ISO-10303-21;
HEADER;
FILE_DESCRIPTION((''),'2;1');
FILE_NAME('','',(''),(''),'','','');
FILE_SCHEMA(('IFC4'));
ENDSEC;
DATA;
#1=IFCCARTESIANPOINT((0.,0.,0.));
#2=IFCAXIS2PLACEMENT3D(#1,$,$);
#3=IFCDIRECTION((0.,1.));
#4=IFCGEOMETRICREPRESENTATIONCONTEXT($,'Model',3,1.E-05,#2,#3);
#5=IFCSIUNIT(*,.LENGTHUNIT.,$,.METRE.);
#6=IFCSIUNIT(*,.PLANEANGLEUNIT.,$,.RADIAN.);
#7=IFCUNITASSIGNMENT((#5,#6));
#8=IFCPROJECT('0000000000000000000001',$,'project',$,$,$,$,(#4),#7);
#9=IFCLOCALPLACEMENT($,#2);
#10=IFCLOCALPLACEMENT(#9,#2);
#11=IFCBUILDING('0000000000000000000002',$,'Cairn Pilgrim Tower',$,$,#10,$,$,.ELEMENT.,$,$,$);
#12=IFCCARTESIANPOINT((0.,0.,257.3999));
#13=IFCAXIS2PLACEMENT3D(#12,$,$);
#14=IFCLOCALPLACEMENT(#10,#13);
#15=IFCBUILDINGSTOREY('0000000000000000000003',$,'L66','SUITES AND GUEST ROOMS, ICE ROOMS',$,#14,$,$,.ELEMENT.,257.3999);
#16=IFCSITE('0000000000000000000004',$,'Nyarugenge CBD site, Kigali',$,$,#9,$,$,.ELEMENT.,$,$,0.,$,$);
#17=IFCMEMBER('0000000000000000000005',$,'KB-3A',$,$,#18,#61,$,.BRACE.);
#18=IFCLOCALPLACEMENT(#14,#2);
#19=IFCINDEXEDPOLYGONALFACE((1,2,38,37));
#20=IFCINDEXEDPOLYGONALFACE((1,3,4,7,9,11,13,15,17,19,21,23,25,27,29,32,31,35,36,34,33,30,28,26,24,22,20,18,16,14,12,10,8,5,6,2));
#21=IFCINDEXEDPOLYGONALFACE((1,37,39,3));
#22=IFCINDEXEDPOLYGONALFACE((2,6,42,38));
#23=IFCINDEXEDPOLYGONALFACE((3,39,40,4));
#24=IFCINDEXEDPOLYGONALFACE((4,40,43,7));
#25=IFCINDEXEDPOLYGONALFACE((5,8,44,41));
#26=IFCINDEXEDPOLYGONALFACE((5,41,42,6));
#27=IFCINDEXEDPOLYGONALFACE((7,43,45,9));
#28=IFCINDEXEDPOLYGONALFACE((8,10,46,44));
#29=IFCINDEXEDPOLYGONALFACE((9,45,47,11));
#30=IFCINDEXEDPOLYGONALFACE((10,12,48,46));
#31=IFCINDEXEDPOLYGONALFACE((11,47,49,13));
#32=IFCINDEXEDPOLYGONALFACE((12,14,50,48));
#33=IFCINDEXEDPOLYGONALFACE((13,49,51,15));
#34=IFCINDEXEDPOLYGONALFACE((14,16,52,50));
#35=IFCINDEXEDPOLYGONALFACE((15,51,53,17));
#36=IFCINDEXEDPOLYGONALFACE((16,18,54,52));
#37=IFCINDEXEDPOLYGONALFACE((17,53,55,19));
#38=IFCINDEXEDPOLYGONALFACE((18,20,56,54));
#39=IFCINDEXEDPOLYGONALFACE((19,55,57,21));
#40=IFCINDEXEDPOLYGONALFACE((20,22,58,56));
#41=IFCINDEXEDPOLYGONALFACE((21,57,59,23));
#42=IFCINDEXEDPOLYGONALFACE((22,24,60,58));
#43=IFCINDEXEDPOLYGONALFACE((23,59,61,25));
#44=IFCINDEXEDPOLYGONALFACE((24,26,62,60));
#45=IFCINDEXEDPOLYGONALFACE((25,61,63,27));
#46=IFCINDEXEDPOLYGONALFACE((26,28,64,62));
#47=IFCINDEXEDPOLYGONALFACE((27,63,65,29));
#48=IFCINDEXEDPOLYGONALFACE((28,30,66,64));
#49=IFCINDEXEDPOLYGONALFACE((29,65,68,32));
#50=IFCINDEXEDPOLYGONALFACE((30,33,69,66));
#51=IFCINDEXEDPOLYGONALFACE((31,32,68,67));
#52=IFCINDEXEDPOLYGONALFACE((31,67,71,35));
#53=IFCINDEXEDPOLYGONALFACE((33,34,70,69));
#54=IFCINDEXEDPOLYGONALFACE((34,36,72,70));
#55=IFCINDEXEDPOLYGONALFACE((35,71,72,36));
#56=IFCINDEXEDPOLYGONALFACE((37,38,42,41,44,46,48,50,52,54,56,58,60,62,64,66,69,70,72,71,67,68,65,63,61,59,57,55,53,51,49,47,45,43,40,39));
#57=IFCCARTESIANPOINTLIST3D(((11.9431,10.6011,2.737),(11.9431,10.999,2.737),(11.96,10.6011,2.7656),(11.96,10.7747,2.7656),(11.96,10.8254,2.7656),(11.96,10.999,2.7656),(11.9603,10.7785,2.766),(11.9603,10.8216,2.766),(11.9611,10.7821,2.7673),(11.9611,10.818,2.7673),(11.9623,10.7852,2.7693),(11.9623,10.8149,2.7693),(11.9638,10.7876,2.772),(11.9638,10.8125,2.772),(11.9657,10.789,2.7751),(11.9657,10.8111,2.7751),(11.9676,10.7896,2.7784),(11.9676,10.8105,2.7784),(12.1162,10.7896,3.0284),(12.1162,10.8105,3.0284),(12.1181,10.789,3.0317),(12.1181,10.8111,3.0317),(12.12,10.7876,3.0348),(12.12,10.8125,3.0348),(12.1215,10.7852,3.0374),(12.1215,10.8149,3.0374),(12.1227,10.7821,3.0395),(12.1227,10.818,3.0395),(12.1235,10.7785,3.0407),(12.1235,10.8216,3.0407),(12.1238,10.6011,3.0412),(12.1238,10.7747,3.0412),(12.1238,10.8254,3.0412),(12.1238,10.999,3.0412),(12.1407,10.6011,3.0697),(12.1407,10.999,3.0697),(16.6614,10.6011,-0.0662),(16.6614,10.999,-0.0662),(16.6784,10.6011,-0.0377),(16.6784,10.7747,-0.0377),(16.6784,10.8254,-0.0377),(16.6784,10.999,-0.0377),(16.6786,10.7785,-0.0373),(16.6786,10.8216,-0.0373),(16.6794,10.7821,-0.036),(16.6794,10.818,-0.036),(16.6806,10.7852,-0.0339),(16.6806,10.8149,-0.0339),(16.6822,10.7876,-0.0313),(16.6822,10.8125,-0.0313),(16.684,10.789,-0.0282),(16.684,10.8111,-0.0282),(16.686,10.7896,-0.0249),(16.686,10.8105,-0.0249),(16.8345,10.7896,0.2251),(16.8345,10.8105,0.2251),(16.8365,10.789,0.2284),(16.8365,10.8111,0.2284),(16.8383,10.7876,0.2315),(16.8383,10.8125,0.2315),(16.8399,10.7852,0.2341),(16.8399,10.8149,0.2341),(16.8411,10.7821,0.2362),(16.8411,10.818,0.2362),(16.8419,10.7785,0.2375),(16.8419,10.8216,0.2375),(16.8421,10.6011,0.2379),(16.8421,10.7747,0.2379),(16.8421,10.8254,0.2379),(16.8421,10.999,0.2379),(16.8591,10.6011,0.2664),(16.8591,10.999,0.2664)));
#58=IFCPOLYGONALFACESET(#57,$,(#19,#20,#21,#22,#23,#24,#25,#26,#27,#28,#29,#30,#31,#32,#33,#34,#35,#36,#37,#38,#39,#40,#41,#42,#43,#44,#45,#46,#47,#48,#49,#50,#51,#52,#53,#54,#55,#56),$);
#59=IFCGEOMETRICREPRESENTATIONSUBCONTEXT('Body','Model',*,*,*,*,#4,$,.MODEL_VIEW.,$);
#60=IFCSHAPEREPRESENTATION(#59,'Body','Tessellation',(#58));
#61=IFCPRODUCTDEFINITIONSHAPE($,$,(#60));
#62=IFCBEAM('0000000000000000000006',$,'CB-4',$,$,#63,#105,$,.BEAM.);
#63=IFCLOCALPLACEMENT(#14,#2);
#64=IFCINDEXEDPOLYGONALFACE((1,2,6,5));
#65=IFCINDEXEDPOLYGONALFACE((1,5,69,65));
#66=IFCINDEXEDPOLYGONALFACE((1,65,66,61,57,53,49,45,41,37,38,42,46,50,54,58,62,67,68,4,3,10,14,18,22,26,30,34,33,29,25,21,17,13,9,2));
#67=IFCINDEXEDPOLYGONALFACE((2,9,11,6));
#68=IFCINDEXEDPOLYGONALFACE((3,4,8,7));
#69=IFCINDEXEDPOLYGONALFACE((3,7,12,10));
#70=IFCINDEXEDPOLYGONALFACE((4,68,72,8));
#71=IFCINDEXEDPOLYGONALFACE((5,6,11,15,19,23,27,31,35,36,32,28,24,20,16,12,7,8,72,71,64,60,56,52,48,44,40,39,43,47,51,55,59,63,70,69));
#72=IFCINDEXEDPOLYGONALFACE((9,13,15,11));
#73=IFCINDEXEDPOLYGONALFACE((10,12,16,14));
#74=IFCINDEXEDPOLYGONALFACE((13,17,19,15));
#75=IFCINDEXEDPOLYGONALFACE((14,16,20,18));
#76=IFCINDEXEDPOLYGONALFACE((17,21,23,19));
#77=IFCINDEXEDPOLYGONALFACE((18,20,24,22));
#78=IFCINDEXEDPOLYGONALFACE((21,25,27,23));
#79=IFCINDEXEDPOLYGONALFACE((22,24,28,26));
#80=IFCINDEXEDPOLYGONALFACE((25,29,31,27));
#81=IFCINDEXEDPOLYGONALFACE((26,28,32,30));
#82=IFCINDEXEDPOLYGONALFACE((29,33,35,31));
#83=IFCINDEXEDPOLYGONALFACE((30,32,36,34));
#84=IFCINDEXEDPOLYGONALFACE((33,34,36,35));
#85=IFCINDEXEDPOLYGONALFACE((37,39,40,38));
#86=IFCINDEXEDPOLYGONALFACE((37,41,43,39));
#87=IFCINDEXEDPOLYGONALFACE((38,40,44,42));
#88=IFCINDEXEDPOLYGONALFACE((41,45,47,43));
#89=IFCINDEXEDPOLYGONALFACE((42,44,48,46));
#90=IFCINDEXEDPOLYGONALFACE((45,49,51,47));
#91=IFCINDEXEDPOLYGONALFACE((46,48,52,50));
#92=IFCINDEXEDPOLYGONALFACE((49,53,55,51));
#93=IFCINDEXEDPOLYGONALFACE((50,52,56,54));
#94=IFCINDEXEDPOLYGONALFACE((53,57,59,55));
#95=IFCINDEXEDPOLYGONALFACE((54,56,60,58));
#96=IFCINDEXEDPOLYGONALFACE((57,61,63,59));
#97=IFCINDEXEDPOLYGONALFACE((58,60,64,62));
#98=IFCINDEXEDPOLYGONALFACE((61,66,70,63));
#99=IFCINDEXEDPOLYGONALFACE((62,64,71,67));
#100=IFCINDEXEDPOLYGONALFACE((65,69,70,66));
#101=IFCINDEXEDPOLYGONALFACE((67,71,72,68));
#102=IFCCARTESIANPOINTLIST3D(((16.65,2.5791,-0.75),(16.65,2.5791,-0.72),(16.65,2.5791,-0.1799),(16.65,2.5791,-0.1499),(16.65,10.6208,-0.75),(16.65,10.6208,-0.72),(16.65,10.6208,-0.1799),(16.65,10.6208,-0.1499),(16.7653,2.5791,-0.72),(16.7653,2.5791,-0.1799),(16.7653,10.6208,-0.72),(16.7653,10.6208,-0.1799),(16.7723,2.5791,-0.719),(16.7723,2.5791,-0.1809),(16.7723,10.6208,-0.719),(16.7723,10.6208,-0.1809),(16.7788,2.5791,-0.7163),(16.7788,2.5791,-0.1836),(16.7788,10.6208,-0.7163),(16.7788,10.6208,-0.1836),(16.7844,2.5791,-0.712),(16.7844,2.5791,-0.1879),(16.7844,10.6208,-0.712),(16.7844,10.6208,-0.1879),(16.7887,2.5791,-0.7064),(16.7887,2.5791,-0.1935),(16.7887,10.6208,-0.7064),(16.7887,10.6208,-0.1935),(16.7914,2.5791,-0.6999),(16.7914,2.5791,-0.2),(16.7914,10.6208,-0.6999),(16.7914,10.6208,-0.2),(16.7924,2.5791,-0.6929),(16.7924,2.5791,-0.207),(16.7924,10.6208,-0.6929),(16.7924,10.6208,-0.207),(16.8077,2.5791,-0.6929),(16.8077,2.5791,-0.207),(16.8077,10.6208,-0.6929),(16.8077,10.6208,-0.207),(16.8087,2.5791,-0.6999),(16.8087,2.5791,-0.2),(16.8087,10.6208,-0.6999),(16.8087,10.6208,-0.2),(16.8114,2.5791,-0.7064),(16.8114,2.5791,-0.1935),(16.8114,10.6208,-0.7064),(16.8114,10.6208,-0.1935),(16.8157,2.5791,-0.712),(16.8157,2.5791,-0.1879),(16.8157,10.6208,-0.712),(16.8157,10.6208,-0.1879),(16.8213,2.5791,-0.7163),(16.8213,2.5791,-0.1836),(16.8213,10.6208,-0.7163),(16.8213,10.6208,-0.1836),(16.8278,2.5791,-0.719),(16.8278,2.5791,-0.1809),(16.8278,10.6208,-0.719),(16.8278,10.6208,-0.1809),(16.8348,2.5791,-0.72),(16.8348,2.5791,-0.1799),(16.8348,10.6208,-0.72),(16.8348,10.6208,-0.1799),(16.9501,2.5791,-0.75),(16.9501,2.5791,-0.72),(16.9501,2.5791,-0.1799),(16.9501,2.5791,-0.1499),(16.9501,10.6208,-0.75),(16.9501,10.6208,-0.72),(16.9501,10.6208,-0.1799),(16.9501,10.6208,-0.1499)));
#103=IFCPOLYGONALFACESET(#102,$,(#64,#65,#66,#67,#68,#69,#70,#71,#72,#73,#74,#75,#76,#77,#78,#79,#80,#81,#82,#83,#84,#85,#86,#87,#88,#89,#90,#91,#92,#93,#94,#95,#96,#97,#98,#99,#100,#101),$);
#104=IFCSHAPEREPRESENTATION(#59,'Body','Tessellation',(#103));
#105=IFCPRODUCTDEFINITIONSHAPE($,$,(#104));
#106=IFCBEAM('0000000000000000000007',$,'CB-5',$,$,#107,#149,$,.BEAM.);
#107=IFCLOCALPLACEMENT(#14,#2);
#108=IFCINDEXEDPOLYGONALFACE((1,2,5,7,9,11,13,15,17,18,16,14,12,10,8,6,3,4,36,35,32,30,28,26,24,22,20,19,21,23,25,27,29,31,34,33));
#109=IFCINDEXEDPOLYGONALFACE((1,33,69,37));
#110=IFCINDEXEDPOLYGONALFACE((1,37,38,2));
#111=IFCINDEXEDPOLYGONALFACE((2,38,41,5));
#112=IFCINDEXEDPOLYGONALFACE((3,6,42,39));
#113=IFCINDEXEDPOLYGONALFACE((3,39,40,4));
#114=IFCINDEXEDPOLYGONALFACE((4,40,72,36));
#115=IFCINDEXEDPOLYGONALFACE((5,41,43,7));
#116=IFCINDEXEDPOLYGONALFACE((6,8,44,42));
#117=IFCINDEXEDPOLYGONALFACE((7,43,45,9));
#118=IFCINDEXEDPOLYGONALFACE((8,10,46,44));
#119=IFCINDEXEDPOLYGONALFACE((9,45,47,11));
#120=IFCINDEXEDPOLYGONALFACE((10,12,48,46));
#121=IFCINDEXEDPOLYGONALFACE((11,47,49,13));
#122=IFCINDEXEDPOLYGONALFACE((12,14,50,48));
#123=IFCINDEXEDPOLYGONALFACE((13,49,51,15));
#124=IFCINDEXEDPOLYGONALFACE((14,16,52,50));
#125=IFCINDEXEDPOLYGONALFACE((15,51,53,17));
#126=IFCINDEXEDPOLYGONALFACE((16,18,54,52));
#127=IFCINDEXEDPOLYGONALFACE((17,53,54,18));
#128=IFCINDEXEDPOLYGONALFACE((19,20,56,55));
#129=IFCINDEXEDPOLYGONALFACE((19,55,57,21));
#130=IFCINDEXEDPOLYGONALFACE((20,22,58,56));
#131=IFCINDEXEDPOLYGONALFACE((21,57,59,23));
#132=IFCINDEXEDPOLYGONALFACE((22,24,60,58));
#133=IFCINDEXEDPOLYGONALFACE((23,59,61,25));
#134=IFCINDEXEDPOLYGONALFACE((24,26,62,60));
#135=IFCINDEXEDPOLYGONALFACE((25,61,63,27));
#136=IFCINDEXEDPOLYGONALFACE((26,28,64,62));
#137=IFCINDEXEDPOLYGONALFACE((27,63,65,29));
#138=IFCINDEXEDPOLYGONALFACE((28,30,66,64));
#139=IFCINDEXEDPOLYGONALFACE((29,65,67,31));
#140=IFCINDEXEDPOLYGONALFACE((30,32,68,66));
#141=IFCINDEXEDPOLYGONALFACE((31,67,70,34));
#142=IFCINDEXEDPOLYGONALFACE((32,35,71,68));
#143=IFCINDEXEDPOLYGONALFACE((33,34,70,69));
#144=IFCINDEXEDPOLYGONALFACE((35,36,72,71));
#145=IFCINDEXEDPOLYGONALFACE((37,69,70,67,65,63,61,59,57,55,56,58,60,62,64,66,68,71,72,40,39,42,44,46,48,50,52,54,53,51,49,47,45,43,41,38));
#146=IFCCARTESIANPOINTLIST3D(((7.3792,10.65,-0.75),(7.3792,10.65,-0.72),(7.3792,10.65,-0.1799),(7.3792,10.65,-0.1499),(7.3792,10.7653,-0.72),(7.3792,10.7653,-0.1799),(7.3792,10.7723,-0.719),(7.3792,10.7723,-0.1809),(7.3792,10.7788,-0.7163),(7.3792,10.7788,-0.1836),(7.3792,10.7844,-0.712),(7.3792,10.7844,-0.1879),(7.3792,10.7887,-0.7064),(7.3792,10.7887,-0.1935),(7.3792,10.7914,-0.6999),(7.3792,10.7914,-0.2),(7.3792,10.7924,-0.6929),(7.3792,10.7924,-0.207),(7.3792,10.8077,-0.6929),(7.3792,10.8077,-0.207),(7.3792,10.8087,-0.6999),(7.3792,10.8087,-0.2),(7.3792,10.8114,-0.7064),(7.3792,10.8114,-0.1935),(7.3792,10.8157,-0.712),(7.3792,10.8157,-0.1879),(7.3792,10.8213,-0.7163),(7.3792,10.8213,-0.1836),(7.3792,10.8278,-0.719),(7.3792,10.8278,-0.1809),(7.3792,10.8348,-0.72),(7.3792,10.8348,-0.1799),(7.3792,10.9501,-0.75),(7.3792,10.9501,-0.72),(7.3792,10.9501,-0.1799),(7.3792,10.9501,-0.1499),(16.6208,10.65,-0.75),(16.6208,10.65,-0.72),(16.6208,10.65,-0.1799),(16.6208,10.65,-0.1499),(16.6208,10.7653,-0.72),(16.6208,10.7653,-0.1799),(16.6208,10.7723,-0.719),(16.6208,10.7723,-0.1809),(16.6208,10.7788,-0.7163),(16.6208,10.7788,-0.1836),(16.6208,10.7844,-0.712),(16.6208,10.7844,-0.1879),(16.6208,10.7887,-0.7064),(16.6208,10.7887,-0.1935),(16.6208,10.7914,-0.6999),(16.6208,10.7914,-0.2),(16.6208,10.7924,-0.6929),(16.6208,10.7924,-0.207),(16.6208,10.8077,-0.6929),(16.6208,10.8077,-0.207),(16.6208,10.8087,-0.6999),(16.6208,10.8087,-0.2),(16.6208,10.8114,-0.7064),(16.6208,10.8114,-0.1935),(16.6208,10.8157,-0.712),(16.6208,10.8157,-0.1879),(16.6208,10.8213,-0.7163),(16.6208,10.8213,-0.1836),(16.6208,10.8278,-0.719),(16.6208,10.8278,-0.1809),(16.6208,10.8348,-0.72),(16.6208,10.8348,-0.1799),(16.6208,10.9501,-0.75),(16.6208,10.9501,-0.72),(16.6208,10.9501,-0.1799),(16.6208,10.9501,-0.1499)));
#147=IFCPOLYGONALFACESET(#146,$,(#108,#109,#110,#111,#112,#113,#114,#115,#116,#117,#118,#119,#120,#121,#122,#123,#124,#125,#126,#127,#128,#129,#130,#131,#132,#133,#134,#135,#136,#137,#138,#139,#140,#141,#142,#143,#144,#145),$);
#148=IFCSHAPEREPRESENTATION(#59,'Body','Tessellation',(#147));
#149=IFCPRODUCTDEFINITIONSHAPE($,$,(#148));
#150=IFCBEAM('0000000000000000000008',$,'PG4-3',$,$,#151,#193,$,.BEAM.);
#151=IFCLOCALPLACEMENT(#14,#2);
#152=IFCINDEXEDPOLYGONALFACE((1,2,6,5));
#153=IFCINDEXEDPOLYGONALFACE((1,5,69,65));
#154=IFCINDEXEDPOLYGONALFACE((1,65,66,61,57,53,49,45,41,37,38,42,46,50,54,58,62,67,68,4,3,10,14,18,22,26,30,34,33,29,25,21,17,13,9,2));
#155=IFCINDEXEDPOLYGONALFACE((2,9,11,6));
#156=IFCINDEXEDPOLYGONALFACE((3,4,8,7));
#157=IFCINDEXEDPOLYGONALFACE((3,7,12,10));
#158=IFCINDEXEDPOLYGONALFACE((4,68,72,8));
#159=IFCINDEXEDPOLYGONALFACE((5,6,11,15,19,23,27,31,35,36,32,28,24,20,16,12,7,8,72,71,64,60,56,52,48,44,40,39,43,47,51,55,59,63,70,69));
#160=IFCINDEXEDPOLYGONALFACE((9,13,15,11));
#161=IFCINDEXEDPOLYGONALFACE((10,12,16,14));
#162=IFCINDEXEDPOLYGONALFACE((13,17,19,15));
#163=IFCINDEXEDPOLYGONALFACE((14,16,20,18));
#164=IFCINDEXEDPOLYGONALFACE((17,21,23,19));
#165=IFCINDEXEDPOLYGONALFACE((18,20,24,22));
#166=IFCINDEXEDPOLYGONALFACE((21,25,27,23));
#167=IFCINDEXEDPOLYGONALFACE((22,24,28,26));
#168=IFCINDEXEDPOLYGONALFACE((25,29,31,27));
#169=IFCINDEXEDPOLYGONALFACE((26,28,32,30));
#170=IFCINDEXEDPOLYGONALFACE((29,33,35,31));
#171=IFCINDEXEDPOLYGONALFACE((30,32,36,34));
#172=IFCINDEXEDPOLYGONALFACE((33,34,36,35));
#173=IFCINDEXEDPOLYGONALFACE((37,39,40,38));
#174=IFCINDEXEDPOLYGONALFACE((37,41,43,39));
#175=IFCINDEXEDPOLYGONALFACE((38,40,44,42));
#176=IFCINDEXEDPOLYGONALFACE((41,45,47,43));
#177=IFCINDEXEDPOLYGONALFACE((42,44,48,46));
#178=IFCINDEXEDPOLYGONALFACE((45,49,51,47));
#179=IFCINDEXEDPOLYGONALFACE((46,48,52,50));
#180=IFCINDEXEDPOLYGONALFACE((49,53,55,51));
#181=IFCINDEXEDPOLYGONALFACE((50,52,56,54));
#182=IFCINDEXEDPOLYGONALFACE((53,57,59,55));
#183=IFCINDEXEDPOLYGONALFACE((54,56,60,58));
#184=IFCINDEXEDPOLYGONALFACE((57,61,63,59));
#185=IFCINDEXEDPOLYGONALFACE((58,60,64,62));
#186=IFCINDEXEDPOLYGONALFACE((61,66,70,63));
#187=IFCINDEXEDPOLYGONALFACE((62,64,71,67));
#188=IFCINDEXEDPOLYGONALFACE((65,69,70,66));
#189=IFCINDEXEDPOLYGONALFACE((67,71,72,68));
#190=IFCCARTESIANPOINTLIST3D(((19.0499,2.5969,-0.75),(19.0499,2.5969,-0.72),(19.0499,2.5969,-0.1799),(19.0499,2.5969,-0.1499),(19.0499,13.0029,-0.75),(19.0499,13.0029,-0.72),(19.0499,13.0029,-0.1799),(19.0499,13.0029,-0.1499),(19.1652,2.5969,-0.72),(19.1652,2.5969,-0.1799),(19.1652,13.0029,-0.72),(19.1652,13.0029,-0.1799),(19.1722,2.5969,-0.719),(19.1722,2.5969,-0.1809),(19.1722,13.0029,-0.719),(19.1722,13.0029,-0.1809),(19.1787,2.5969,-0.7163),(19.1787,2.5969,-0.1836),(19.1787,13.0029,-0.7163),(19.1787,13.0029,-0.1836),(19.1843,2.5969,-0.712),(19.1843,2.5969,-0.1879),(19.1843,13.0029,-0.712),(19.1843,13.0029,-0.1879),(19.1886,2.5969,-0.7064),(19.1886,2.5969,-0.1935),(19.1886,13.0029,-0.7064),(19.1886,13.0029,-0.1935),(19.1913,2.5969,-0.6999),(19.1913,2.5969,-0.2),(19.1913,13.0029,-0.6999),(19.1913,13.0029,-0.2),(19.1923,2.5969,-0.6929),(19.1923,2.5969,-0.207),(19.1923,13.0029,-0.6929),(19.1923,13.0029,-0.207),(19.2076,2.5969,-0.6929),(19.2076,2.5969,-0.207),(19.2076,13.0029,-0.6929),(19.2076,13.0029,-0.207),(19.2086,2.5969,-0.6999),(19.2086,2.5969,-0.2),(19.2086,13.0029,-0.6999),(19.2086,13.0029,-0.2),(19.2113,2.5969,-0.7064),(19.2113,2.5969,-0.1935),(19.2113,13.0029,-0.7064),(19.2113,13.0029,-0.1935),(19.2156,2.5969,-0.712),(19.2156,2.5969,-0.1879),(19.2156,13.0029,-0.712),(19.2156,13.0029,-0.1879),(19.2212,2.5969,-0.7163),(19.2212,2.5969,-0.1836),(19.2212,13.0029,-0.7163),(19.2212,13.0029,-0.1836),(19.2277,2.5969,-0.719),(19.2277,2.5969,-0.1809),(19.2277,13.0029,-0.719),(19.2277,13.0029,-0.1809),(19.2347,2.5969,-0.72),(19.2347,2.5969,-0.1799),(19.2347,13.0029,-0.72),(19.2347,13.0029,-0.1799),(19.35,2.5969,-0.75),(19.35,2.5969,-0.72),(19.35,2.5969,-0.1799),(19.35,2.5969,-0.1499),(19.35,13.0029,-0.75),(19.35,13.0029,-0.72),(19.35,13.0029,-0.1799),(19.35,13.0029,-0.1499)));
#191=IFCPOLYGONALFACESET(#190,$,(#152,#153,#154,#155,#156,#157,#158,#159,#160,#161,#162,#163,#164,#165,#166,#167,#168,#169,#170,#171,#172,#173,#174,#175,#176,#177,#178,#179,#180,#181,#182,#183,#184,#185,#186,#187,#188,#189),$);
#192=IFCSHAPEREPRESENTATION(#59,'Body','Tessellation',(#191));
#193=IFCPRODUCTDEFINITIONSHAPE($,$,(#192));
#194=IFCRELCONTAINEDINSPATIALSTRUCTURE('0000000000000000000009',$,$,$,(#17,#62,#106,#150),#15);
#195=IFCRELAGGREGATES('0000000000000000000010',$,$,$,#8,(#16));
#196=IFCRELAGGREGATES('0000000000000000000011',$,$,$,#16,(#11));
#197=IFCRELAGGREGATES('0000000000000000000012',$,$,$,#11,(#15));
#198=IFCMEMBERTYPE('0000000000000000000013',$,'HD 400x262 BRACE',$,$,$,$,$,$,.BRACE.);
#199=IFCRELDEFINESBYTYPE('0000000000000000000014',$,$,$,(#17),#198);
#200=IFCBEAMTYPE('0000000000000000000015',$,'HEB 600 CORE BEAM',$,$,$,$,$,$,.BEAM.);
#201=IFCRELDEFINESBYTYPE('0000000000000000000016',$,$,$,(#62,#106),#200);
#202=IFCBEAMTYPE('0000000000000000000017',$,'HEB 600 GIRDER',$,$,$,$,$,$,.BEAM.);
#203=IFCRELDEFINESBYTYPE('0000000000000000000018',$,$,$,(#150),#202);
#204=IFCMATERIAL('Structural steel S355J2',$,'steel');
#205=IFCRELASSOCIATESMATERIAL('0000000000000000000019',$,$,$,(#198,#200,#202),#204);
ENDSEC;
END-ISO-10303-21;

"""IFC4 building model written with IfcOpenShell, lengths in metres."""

from ifc_helpers import new_model, si_unit, direction, frame, origin, origin_2d, place, context, subcontext, project, spatial, i_section, extrude, material, material_profile, profile_set, type_object, element, save


model = new_model("IFC4")

# Units and contexts
model_context = context("Model", 3, precision=1e-05, world=origin(), true_north=direction((0.0, 1.0)))
body_context = subcontext(model_context, "Body", "Model", "MODEL_VIEW")
ifc_project = project(units=[si_unit("LENGTHUNIT", "METRE"), si_unit("PLANEANGLEUNIT", "RADIAN")], contexts=[model_context])

# Site, building, storey
site_placement = place(None, origin())
site = spatial("IfcSite", under=ifc_project, at=site_placement, Name="Nyarugenge CBD site, Kigali", CompositionType="ELEMENT", RefElevation=0.0)
building_placement = place(site_placement, origin())
building = spatial("IfcBuilding", under=site, at=building_placement, Name="Cairn Pilgrim Tower", CompositionType="ELEMENT")
storey_placement = place(building_placement, frame((0.0, 0.0, 257.3999)))
storey = spatial("IfcBuildingStorey", under=building, at=storey_placement, Name="L66", Description="SUITES AND GUEST ROOMS, ICE ROOMS", CompositionType="ELEMENT", Elevation=257.3999)

# Shared definitions
ifc_material_1 = material(Name="Structural steel S355J2", Category="steel")

# Member
ifc_material_profile_1 = material_profile(ifc_material_1, i_section(OverallWidth=0.3979, OverallDepth=0.387, WebThickness=0.021, FlangeThickness=0.0332, FilletRadius=0.0149, at=origin_2d()), Name="HD 400x262")
ifc_profile_set_1 = profile_set([ifc_material_profile_1], Name="Structural steel S355J2")
member_type = type_object("IfcMemberType", Name="HD 400x262 BRACE", PredefinedType="BRACE", material=ifc_profile_set_1)
member_1_placement = place(storey_placement, frame((16.7603, 10.8, 0.1001), z_axis=(-0.859714, 0.0, 0.510775), x_axis=(0.0, -1.0, 0.0)))
element("IfcMember", 1, at=member_1_placement, inside=storey, type_object=member_type, Name="KB-3A", PredefinedType="BRACE", context=body_context, shape_type="SweptSolid", body=[
    extrude(i_section(OverallWidth=0.3979, OverallDepth=0.387, WebThickness=0.021, FlangeThickness=0.0332, FilletRadius=0.0149, at=origin_2d()), origin(), (0.0, 0.0, 1.0), 5.4883),
])

# Beams
ifc_material_profile_2 = material_profile(ifc_material_1, i_section(OverallWidth=0.3, OverallDepth=0.6001, WebThickness=0.0154, FlangeThickness=0.03, FilletRadius=0.0271, at=origin_2d()), Name="HEB 600")
ifc_profile_set_2 = profile_set([ifc_material_profile_2], Name="Structural steel S355J2")
beam_type_1 = type_object("IfcBeamType", Name="HEB 600 CORE BEAM", PredefinedType="BEAM", material=ifc_profile_set_2)
beam_1_placement = place(storey_placement, frame((16.8, 2.5791, -0.45), z_axis=(0.0, 1.0, 0.0), x_axis=(-1.0, 0.0, 0.0)))
element("IfcBeam", 2, at=beam_1_placement, inside=storey, type_object=beam_type_1, Name="CB-4", PredefinedType="BEAM", context=body_context, shape_type="SweptSolid", body=[
    extrude(i_section(OverallWidth=0.3, OverallDepth=0.6001, WebThickness=0.0154, FlangeThickness=0.03, FilletRadius=0.0271, at=origin_2d()), origin(), (0.0, 0.0, 1.0), 8.0417),
])
beam_2_placement = place(storey_placement, frame((16.6208, 10.8, -0.45), z_axis=(-1.0, 0.0, 0.0), x_axis=(0.0, -1.0, 0.0)))
element("IfcBeam", 3, at=beam_2_placement, inside=storey, type_object=beam_type_1, Name="CB-5", PredefinedType="BEAM", context=body_context, shape_type="SweptSolid", body=[
    extrude(i_section(OverallWidth=0.3, OverallDepth=0.6001, WebThickness=0.0154, FlangeThickness=0.03, FilletRadius=0.0271, at=origin_2d()), origin(), (0.0, 0.0, 1.0), 9.2417),
])
ifc_material_profile_3 = material_profile(ifc_material_1, i_section(OverallWidth=0.3, OverallDepth=0.6001, WebThickness=0.0154, FlangeThickness=0.03, FilletRadius=0.0271, at=origin_2d()), Name="HEB 600")
ifc_profile_set_3 = profile_set([ifc_material_profile_3], Name="Structural steel S355J2")
beam_type_2 = type_object("IfcBeamType", Name="HEB 600 GIRDER", PredefinedType="BEAM", material=ifc_profile_set_3)
beam_3_placement = place(storey_placement, frame((19.2, 2.5969, -0.45), z_axis=(0.0, 1.0, 0.0), x_axis=(-1.0, 0.0, 0.0)))
element("IfcBeam", 4, at=beam_3_placement, inside=storey, type_object=beam_type_2, Name="PG4-3", PredefinedType="BEAM", context=body_context, shape_type="SweptSolid", body=[
    extrude(i_section(OverallWidth=0.3, OverallDepth=0.6001, WebThickness=0.0154, FlangeThickness=0.03, FilletRadius=0.0271, at=origin_2d()), origin(), (0.0, 0.0, 1.0), 10.406),
])

save(model, "model.ifc")
